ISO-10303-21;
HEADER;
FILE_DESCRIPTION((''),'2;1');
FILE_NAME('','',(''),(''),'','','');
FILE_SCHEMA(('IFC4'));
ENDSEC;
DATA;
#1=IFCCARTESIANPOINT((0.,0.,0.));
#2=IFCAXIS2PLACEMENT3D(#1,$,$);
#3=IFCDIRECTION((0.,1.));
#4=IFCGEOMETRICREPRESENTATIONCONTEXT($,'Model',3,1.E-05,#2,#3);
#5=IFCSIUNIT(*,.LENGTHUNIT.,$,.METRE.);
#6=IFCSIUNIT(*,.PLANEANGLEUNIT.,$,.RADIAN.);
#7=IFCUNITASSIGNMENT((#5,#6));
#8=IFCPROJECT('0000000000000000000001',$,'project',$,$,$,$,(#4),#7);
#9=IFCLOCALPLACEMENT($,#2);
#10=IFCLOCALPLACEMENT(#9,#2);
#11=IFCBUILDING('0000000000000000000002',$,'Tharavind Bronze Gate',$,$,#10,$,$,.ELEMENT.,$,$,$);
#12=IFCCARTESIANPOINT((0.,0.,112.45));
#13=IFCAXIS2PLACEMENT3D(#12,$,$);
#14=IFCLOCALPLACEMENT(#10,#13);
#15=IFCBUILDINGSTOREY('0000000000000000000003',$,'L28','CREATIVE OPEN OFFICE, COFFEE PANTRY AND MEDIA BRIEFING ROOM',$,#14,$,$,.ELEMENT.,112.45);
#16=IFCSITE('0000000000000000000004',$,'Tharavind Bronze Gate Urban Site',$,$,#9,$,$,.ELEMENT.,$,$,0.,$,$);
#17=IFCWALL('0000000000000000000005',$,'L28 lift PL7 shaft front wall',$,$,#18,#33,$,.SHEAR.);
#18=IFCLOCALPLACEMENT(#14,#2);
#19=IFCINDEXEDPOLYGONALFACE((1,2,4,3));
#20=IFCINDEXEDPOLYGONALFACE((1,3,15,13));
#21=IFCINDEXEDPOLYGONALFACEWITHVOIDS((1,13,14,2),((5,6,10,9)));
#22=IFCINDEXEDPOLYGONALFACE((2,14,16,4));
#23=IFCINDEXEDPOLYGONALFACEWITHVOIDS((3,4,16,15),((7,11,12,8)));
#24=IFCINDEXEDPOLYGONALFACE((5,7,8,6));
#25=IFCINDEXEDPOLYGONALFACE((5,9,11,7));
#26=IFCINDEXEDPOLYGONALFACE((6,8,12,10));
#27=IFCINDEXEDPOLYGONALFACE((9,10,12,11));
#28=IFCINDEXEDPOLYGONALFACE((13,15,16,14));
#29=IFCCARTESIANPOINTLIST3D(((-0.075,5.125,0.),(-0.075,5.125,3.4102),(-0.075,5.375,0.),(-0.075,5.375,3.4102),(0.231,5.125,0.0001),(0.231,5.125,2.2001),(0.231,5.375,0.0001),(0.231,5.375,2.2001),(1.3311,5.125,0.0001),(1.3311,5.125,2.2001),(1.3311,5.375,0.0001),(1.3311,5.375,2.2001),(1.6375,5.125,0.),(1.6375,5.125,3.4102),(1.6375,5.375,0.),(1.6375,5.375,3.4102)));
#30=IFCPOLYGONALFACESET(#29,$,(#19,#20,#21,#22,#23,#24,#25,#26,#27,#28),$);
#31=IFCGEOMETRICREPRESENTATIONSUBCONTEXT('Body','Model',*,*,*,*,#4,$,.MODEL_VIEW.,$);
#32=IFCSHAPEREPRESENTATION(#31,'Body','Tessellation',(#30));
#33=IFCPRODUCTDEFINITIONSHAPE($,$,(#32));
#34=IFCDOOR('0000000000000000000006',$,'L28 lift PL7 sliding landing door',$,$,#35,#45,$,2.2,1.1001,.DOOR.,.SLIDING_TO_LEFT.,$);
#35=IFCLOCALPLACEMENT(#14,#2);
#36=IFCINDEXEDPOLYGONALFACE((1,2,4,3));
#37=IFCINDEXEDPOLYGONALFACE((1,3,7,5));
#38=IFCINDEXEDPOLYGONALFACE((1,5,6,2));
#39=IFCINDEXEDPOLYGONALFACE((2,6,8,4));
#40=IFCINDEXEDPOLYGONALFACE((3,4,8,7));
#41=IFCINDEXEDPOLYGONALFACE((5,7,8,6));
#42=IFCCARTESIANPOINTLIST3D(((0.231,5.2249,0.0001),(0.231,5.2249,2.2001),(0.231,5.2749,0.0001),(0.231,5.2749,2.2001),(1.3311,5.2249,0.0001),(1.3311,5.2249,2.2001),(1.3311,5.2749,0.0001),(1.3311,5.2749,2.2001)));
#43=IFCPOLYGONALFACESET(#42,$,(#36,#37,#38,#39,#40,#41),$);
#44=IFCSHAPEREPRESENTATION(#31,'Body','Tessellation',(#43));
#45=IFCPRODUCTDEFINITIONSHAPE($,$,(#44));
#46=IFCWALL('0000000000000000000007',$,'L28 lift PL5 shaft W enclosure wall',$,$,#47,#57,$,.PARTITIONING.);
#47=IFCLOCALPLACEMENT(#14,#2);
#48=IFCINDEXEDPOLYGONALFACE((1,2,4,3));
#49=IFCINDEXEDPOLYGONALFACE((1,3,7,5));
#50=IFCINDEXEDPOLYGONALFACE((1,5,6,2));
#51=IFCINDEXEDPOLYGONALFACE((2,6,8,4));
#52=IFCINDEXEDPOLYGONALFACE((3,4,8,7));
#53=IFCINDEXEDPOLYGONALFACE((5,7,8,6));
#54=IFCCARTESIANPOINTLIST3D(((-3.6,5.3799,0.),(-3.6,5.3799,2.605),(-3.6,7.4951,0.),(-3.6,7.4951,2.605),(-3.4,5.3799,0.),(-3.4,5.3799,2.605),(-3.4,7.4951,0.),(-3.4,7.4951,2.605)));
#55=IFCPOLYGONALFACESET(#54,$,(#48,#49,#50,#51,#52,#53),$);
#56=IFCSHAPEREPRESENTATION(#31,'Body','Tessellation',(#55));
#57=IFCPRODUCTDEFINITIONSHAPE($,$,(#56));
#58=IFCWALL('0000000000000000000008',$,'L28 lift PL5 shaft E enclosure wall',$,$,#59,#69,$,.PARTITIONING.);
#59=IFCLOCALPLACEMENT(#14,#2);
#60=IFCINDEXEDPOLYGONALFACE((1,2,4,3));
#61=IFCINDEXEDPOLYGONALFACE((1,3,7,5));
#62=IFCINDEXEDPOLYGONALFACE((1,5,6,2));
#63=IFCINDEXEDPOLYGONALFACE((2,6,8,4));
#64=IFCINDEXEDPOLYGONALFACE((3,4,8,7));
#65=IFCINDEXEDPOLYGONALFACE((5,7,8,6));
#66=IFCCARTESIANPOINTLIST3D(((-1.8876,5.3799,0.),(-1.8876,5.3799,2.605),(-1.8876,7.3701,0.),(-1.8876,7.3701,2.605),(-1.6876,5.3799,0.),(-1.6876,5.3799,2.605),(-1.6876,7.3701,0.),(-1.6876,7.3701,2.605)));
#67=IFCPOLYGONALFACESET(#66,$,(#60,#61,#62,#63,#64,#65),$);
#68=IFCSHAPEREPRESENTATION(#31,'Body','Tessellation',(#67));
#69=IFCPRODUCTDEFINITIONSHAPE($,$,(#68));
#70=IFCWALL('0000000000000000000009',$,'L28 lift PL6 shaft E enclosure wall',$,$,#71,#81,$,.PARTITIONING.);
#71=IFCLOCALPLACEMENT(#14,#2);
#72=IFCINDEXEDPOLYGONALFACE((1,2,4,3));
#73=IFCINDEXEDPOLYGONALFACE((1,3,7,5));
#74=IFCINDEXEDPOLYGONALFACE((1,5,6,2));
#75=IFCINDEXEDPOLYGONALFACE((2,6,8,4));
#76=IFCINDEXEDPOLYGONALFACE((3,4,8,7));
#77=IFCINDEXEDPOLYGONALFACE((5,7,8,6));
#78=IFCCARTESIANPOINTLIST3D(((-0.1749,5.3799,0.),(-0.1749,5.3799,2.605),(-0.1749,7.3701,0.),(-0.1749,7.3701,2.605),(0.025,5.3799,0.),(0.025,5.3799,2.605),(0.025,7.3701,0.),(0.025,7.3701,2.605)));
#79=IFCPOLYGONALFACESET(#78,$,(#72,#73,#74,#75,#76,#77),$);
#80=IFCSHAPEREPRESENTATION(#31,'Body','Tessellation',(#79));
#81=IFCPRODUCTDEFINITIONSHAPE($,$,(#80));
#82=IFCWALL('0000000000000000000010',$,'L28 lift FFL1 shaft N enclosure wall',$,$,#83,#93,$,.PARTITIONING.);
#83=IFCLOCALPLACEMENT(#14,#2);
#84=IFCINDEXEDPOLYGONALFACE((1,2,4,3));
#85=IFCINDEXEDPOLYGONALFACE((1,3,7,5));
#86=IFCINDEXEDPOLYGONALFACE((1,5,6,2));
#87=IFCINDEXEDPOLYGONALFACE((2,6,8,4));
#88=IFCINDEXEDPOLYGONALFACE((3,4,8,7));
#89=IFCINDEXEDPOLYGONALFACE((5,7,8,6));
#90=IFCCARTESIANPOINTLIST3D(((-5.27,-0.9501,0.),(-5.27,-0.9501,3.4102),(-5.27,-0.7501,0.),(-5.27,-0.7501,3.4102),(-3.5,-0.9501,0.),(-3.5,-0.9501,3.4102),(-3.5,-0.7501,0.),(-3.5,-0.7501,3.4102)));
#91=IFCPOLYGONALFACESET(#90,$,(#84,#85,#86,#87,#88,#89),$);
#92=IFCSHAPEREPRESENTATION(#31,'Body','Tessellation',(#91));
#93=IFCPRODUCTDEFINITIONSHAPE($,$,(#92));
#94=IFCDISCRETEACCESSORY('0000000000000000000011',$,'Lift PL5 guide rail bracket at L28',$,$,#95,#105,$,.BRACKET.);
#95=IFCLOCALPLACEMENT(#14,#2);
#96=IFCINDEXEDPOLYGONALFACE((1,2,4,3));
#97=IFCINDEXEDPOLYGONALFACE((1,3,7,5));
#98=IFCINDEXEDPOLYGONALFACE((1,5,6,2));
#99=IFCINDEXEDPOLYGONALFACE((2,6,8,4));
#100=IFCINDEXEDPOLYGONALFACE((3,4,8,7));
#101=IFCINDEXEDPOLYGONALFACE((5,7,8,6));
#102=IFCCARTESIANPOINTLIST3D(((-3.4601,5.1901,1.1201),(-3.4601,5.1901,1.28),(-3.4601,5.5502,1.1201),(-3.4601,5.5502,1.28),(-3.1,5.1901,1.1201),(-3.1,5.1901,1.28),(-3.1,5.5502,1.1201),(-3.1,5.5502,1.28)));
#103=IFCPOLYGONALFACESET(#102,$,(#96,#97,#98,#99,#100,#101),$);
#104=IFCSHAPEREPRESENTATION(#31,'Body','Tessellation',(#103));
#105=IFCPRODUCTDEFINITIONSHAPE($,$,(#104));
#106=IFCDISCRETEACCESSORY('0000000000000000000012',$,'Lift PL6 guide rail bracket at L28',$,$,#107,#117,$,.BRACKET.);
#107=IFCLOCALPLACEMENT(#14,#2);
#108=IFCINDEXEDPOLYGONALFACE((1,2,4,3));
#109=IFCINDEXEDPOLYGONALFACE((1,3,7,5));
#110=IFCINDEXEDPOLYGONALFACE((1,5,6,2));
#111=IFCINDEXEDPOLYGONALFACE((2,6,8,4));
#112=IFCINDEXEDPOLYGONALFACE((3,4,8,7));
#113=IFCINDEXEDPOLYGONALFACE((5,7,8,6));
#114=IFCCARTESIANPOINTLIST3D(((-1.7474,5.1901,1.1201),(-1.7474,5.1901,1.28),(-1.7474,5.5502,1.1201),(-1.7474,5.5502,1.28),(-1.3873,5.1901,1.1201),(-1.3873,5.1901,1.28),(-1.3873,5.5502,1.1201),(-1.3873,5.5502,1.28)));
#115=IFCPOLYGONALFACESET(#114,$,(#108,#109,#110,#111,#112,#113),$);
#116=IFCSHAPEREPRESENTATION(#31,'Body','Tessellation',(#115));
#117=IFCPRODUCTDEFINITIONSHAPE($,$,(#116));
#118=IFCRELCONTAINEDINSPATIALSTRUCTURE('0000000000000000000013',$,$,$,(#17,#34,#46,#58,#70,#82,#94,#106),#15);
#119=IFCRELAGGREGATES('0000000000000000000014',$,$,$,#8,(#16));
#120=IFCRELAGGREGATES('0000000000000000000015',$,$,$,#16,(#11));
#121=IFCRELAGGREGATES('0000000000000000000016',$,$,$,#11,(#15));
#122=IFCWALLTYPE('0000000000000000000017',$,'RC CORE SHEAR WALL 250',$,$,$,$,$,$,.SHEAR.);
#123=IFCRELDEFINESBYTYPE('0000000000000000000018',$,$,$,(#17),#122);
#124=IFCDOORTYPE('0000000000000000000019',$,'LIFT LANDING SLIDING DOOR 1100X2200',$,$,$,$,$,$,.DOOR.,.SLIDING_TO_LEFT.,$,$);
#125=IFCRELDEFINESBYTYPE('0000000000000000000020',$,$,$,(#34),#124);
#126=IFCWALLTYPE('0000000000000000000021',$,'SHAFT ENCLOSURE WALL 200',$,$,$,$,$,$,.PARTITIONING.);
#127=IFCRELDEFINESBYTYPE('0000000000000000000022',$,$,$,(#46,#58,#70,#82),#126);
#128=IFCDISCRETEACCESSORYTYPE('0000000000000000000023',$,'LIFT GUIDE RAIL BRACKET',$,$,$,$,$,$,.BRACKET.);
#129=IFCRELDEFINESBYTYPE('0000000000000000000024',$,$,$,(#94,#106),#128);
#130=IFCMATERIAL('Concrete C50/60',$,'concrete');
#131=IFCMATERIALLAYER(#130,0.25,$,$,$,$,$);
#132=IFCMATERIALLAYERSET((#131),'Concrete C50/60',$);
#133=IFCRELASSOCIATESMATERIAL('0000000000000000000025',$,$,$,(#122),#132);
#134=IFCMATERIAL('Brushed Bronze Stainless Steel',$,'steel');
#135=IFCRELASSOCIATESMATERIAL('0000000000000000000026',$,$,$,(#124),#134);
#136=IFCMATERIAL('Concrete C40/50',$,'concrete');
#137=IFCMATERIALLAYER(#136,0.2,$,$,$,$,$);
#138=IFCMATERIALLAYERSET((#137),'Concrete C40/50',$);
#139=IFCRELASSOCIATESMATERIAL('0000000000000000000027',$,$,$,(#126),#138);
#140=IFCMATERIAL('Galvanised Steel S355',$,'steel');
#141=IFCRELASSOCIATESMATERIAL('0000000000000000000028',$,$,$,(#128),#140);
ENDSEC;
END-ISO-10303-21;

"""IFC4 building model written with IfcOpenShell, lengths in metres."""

from ifc_helpers import new_model, si_unit, direction, frame, frame_2d, origin, origin_2d, place, context, subcontext, project, spatial, rectangle, extrude, material, layer, layer_set, type_object, element, fill, save


model = new_model("IFC4")

# Units and contexts
model_context = context("Model", 3, precision=1e-05, world=origin(), true_north=direction((0.0, 1.0)))
body_context = subcontext(model_context, "Body", "Model", "MODEL_VIEW")
ifc_project = project(units=[si_unit("LENGTHUNIT", "METRE"), si_unit("PLANEANGLEUNIT", "RADIAN")], contexts=[model_context])

# Site, building, storey
site_placement = place(None, origin())
site = spatial("IfcSite", under=ifc_project, at=site_placement, Name="Tharavind Bronze Gate Urban Site", CompositionType="ELEMENT", RefElevation=0.0)
building_placement = place(site_placement, origin())
building = spatial("IfcBuilding", under=site, at=building_placement, Name="Tharavind Bronze Gate", CompositionType="ELEMENT")
storey_placement = place(building_placement, frame((0.0, 0.0, 112.45)))
storey = spatial("IfcBuildingStorey", under=building, at=storey_placement, Name="L28", Description="CREATIVE OPEN OFFICE, COFFEE PANTRY AND MEDIA BRIEFING ROOM", CompositionType="ELEMENT", Elevation=112.45)

# Shared definitions
ifc_material_1 = material(Name="Concrete C40/50", Category="concrete")

# Wall, opening, door
ifc_material_2 = material(Name="Concrete C50/60", Category="concrete")
ifc_layer_1 = layer(ifc_material_2, 0.25)
ifc_layer_set_1 = layer_set([ifc_layer_1], Name="Concrete C50/60")
wall_type_1 = type_object("IfcWallType", Name="RC CORE SHEAR WALL 250", PredefinedType="SHEAR", material=ifc_layer_set_1)
ifc_material_3 = material(Name="Brushed Bronze Stainless Steel", Category="steel")
door_type_1 = type_object("IfcDoorType", Name="LIFT LANDING SLIDING DOOR 1100X2200", OperationType="SLIDING_TO_LEFT", PredefinedType="DOOR", material=ifc_material_3)
wall_1_placement = place(storey_placement, frame((-0.075, 5.25, 0.0), z_axis=(0.0, 0.0, 1.0), x_axis=(1.0, 0.0, 0.0)))
wall_1 = element("IfcWall", 1, at=wall_1_placement, inside=storey, type_object=wall_type_1, Name="L28 lift PL7 shaft front wall", PredefinedType="SHEAR", context=body_context, shape_type="SweptSolid", body=[
    extrude(rectangle(XDim=1.7124, YDim=0.25, at=frame_2d((0.8562, 0.0))), origin(), (0.0, 0.0, 1.0), 3.4102),
])
opening_1_placement = place(wall_1_placement, frame((0.3059, 0.0, 0.0)))
opening_1 = element("IfcOpeningElement", 2, at=opening_1_placement, cuts=wall_1, PredefinedType="OPENING", context=body_context, shape_type="SweptSolid", body=[
    extrude(rectangle(XDim=1.1001, YDim=2.2, at=frame_2d((0.55, 1.1001))), frame((0.0, 0.135, 0.0), z_axis=(0.0, -1.0, 0.0), x_axis=(1.0, 0.0, 0.0)), (0.0, 0.0, 1.0), 0.27),
])
door_1_placement = place(opening_1_placement, origin())
door_1 = element("IfcDoor", 3, at=door_1_placement, inside=storey, type_object=door_type_1, Name="L28 lift PL7 sliding landing door", OperationType="SLIDING_TO_LEFT", OverallHeight=2.2, OverallWidth=1.1001, PredefinedType="DOOR", context=body_context, shape_type="SweptSolid", body=[
    extrude(rectangle(XDim=1.1001, YDim=2.2, at=frame_2d((0.55, 1.1001))), frame((0.0, 0.0249, 0.0), z_axis=(0.0, -1.0, 0.0), x_axis=(1.0, 0.0, 0.0)), (0.0, 0.0, 1.0), 0.05),
])
fill(opening_1, door_1)

# Walls
ifc_layer_2 = layer(ifc_material_1, 0.2)
ifc_layer_set_2 = layer_set([ifc_layer_2], Name="Concrete C40/50")
wall_type_2 = type_object("IfcWallType", Name="SHAFT ENCLOSURE WALL 200", PredefinedType="PARTITIONING", material=ifc_layer_set_2)
wall_2_placement = place(storey_placement, frame((-3.5, 5.3799, 0.0), z_axis=(0.0, 0.0, 1.0), x_axis=(0.0, 1.0, 0.0)))
element("IfcWall", 4, at=wall_2_placement, inside=storey, type_object=wall_type_2, Name="L28 lift PL5 shaft W enclosure wall", PredefinedType="PARTITIONING", context=body_context, shape_type="SweptSolid", body=[
    extrude(rectangle(XDim=2.1152, YDim=0.2, at=frame_2d((1.0576, 0.0))), origin(), (0.0, 0.0, 1.0), 2.605),
])
for number, where, z_axis, x_axis, name in (
    (5, (-1.7876, 5.3799, 0.0), (0.0, 0.0, 1.0), (0.0, 1.0, 0.0), "L28 lift PL5 shaft E enclosure wall"),
    (6, (-0.075, 5.3799, 0.0), (0.0, 0.0, 1.0), (0.0, 1.0, 0.0), "L28 lift PL6 shaft E enclosure wall"),
):
    element("IfcWall", number, at=place(storey_placement, frame(where, z_axis=z_axis, x_axis=x_axis)), inside=storey, type_object=wall_type_2, Name=name, PredefinedType="PARTITIONING", context=body_context, shape_type="SweptSolid", body=[
        extrude(rectangle(XDim=1.9902, YDim=0.2, at=frame_2d((0.9951, 0.0))), origin(), (0.0, 0.0, 1.0), 2.605),
    ])
wall_3_placement = place(storey_placement, frame((-5.27, -0.8501, 0.0), z_axis=(0.0, 0.0, 1.0), x_axis=(1.0, 0.0, 0.0)))
element("IfcWall", 7, at=wall_3_placement, inside=storey, type_object=wall_type_2, Name="L28 lift FFL1 shaft N enclosure wall", PredefinedType="PARTITIONING", context=body_context, shape_type="SweptSolid", body=[
    extrude(rectangle(XDim=1.77, YDim=0.2, at=frame_2d((0.885, 0.0))), origin(), (0.0, 0.0, 1.0), 3.4102),
])

# Discrete accessories
ifc_material_4 = material(Name="Galvanised Steel S355", Category="steel")
discrete_accessory_type = type_object("IfcDiscreteAccessoryType", Name="LIFT GUIDE RAIL BRACKET", PredefinedType="BRACKET", material=ifc_material_4)
for number, where, z_axis, x_axis, name in (
    (8, (-3.28, 5.3701, 1.1201), (0.0, 0.0, 1.0), (1.0, 0.0, 0.0), "Lift PL5 guide rail bracket at L28"),
    (9, (-1.5674, 5.3701, 1.1201), (0.0, 0.0, 1.0), (1.0, 0.0, 0.0), "Lift PL6 guide rail bracket at L28"),
):
    element("IfcDiscreteAccessory", number, at=place(storey_placement, frame(where, z_axis=z_axis, x_axis=x_axis)), inside=storey, type_object=discrete_accessory_type, Name=name, PredefinedType="BRACKET", context=body_context, shape_type="SweptSolid", body=[
        extrude(rectangle(XDim=0.3601, YDim=0.3601, at=origin_2d()), origin(), (0.0, 0.0, 1.0), 0.1599),
    ])

save(model, "model.ifc")
